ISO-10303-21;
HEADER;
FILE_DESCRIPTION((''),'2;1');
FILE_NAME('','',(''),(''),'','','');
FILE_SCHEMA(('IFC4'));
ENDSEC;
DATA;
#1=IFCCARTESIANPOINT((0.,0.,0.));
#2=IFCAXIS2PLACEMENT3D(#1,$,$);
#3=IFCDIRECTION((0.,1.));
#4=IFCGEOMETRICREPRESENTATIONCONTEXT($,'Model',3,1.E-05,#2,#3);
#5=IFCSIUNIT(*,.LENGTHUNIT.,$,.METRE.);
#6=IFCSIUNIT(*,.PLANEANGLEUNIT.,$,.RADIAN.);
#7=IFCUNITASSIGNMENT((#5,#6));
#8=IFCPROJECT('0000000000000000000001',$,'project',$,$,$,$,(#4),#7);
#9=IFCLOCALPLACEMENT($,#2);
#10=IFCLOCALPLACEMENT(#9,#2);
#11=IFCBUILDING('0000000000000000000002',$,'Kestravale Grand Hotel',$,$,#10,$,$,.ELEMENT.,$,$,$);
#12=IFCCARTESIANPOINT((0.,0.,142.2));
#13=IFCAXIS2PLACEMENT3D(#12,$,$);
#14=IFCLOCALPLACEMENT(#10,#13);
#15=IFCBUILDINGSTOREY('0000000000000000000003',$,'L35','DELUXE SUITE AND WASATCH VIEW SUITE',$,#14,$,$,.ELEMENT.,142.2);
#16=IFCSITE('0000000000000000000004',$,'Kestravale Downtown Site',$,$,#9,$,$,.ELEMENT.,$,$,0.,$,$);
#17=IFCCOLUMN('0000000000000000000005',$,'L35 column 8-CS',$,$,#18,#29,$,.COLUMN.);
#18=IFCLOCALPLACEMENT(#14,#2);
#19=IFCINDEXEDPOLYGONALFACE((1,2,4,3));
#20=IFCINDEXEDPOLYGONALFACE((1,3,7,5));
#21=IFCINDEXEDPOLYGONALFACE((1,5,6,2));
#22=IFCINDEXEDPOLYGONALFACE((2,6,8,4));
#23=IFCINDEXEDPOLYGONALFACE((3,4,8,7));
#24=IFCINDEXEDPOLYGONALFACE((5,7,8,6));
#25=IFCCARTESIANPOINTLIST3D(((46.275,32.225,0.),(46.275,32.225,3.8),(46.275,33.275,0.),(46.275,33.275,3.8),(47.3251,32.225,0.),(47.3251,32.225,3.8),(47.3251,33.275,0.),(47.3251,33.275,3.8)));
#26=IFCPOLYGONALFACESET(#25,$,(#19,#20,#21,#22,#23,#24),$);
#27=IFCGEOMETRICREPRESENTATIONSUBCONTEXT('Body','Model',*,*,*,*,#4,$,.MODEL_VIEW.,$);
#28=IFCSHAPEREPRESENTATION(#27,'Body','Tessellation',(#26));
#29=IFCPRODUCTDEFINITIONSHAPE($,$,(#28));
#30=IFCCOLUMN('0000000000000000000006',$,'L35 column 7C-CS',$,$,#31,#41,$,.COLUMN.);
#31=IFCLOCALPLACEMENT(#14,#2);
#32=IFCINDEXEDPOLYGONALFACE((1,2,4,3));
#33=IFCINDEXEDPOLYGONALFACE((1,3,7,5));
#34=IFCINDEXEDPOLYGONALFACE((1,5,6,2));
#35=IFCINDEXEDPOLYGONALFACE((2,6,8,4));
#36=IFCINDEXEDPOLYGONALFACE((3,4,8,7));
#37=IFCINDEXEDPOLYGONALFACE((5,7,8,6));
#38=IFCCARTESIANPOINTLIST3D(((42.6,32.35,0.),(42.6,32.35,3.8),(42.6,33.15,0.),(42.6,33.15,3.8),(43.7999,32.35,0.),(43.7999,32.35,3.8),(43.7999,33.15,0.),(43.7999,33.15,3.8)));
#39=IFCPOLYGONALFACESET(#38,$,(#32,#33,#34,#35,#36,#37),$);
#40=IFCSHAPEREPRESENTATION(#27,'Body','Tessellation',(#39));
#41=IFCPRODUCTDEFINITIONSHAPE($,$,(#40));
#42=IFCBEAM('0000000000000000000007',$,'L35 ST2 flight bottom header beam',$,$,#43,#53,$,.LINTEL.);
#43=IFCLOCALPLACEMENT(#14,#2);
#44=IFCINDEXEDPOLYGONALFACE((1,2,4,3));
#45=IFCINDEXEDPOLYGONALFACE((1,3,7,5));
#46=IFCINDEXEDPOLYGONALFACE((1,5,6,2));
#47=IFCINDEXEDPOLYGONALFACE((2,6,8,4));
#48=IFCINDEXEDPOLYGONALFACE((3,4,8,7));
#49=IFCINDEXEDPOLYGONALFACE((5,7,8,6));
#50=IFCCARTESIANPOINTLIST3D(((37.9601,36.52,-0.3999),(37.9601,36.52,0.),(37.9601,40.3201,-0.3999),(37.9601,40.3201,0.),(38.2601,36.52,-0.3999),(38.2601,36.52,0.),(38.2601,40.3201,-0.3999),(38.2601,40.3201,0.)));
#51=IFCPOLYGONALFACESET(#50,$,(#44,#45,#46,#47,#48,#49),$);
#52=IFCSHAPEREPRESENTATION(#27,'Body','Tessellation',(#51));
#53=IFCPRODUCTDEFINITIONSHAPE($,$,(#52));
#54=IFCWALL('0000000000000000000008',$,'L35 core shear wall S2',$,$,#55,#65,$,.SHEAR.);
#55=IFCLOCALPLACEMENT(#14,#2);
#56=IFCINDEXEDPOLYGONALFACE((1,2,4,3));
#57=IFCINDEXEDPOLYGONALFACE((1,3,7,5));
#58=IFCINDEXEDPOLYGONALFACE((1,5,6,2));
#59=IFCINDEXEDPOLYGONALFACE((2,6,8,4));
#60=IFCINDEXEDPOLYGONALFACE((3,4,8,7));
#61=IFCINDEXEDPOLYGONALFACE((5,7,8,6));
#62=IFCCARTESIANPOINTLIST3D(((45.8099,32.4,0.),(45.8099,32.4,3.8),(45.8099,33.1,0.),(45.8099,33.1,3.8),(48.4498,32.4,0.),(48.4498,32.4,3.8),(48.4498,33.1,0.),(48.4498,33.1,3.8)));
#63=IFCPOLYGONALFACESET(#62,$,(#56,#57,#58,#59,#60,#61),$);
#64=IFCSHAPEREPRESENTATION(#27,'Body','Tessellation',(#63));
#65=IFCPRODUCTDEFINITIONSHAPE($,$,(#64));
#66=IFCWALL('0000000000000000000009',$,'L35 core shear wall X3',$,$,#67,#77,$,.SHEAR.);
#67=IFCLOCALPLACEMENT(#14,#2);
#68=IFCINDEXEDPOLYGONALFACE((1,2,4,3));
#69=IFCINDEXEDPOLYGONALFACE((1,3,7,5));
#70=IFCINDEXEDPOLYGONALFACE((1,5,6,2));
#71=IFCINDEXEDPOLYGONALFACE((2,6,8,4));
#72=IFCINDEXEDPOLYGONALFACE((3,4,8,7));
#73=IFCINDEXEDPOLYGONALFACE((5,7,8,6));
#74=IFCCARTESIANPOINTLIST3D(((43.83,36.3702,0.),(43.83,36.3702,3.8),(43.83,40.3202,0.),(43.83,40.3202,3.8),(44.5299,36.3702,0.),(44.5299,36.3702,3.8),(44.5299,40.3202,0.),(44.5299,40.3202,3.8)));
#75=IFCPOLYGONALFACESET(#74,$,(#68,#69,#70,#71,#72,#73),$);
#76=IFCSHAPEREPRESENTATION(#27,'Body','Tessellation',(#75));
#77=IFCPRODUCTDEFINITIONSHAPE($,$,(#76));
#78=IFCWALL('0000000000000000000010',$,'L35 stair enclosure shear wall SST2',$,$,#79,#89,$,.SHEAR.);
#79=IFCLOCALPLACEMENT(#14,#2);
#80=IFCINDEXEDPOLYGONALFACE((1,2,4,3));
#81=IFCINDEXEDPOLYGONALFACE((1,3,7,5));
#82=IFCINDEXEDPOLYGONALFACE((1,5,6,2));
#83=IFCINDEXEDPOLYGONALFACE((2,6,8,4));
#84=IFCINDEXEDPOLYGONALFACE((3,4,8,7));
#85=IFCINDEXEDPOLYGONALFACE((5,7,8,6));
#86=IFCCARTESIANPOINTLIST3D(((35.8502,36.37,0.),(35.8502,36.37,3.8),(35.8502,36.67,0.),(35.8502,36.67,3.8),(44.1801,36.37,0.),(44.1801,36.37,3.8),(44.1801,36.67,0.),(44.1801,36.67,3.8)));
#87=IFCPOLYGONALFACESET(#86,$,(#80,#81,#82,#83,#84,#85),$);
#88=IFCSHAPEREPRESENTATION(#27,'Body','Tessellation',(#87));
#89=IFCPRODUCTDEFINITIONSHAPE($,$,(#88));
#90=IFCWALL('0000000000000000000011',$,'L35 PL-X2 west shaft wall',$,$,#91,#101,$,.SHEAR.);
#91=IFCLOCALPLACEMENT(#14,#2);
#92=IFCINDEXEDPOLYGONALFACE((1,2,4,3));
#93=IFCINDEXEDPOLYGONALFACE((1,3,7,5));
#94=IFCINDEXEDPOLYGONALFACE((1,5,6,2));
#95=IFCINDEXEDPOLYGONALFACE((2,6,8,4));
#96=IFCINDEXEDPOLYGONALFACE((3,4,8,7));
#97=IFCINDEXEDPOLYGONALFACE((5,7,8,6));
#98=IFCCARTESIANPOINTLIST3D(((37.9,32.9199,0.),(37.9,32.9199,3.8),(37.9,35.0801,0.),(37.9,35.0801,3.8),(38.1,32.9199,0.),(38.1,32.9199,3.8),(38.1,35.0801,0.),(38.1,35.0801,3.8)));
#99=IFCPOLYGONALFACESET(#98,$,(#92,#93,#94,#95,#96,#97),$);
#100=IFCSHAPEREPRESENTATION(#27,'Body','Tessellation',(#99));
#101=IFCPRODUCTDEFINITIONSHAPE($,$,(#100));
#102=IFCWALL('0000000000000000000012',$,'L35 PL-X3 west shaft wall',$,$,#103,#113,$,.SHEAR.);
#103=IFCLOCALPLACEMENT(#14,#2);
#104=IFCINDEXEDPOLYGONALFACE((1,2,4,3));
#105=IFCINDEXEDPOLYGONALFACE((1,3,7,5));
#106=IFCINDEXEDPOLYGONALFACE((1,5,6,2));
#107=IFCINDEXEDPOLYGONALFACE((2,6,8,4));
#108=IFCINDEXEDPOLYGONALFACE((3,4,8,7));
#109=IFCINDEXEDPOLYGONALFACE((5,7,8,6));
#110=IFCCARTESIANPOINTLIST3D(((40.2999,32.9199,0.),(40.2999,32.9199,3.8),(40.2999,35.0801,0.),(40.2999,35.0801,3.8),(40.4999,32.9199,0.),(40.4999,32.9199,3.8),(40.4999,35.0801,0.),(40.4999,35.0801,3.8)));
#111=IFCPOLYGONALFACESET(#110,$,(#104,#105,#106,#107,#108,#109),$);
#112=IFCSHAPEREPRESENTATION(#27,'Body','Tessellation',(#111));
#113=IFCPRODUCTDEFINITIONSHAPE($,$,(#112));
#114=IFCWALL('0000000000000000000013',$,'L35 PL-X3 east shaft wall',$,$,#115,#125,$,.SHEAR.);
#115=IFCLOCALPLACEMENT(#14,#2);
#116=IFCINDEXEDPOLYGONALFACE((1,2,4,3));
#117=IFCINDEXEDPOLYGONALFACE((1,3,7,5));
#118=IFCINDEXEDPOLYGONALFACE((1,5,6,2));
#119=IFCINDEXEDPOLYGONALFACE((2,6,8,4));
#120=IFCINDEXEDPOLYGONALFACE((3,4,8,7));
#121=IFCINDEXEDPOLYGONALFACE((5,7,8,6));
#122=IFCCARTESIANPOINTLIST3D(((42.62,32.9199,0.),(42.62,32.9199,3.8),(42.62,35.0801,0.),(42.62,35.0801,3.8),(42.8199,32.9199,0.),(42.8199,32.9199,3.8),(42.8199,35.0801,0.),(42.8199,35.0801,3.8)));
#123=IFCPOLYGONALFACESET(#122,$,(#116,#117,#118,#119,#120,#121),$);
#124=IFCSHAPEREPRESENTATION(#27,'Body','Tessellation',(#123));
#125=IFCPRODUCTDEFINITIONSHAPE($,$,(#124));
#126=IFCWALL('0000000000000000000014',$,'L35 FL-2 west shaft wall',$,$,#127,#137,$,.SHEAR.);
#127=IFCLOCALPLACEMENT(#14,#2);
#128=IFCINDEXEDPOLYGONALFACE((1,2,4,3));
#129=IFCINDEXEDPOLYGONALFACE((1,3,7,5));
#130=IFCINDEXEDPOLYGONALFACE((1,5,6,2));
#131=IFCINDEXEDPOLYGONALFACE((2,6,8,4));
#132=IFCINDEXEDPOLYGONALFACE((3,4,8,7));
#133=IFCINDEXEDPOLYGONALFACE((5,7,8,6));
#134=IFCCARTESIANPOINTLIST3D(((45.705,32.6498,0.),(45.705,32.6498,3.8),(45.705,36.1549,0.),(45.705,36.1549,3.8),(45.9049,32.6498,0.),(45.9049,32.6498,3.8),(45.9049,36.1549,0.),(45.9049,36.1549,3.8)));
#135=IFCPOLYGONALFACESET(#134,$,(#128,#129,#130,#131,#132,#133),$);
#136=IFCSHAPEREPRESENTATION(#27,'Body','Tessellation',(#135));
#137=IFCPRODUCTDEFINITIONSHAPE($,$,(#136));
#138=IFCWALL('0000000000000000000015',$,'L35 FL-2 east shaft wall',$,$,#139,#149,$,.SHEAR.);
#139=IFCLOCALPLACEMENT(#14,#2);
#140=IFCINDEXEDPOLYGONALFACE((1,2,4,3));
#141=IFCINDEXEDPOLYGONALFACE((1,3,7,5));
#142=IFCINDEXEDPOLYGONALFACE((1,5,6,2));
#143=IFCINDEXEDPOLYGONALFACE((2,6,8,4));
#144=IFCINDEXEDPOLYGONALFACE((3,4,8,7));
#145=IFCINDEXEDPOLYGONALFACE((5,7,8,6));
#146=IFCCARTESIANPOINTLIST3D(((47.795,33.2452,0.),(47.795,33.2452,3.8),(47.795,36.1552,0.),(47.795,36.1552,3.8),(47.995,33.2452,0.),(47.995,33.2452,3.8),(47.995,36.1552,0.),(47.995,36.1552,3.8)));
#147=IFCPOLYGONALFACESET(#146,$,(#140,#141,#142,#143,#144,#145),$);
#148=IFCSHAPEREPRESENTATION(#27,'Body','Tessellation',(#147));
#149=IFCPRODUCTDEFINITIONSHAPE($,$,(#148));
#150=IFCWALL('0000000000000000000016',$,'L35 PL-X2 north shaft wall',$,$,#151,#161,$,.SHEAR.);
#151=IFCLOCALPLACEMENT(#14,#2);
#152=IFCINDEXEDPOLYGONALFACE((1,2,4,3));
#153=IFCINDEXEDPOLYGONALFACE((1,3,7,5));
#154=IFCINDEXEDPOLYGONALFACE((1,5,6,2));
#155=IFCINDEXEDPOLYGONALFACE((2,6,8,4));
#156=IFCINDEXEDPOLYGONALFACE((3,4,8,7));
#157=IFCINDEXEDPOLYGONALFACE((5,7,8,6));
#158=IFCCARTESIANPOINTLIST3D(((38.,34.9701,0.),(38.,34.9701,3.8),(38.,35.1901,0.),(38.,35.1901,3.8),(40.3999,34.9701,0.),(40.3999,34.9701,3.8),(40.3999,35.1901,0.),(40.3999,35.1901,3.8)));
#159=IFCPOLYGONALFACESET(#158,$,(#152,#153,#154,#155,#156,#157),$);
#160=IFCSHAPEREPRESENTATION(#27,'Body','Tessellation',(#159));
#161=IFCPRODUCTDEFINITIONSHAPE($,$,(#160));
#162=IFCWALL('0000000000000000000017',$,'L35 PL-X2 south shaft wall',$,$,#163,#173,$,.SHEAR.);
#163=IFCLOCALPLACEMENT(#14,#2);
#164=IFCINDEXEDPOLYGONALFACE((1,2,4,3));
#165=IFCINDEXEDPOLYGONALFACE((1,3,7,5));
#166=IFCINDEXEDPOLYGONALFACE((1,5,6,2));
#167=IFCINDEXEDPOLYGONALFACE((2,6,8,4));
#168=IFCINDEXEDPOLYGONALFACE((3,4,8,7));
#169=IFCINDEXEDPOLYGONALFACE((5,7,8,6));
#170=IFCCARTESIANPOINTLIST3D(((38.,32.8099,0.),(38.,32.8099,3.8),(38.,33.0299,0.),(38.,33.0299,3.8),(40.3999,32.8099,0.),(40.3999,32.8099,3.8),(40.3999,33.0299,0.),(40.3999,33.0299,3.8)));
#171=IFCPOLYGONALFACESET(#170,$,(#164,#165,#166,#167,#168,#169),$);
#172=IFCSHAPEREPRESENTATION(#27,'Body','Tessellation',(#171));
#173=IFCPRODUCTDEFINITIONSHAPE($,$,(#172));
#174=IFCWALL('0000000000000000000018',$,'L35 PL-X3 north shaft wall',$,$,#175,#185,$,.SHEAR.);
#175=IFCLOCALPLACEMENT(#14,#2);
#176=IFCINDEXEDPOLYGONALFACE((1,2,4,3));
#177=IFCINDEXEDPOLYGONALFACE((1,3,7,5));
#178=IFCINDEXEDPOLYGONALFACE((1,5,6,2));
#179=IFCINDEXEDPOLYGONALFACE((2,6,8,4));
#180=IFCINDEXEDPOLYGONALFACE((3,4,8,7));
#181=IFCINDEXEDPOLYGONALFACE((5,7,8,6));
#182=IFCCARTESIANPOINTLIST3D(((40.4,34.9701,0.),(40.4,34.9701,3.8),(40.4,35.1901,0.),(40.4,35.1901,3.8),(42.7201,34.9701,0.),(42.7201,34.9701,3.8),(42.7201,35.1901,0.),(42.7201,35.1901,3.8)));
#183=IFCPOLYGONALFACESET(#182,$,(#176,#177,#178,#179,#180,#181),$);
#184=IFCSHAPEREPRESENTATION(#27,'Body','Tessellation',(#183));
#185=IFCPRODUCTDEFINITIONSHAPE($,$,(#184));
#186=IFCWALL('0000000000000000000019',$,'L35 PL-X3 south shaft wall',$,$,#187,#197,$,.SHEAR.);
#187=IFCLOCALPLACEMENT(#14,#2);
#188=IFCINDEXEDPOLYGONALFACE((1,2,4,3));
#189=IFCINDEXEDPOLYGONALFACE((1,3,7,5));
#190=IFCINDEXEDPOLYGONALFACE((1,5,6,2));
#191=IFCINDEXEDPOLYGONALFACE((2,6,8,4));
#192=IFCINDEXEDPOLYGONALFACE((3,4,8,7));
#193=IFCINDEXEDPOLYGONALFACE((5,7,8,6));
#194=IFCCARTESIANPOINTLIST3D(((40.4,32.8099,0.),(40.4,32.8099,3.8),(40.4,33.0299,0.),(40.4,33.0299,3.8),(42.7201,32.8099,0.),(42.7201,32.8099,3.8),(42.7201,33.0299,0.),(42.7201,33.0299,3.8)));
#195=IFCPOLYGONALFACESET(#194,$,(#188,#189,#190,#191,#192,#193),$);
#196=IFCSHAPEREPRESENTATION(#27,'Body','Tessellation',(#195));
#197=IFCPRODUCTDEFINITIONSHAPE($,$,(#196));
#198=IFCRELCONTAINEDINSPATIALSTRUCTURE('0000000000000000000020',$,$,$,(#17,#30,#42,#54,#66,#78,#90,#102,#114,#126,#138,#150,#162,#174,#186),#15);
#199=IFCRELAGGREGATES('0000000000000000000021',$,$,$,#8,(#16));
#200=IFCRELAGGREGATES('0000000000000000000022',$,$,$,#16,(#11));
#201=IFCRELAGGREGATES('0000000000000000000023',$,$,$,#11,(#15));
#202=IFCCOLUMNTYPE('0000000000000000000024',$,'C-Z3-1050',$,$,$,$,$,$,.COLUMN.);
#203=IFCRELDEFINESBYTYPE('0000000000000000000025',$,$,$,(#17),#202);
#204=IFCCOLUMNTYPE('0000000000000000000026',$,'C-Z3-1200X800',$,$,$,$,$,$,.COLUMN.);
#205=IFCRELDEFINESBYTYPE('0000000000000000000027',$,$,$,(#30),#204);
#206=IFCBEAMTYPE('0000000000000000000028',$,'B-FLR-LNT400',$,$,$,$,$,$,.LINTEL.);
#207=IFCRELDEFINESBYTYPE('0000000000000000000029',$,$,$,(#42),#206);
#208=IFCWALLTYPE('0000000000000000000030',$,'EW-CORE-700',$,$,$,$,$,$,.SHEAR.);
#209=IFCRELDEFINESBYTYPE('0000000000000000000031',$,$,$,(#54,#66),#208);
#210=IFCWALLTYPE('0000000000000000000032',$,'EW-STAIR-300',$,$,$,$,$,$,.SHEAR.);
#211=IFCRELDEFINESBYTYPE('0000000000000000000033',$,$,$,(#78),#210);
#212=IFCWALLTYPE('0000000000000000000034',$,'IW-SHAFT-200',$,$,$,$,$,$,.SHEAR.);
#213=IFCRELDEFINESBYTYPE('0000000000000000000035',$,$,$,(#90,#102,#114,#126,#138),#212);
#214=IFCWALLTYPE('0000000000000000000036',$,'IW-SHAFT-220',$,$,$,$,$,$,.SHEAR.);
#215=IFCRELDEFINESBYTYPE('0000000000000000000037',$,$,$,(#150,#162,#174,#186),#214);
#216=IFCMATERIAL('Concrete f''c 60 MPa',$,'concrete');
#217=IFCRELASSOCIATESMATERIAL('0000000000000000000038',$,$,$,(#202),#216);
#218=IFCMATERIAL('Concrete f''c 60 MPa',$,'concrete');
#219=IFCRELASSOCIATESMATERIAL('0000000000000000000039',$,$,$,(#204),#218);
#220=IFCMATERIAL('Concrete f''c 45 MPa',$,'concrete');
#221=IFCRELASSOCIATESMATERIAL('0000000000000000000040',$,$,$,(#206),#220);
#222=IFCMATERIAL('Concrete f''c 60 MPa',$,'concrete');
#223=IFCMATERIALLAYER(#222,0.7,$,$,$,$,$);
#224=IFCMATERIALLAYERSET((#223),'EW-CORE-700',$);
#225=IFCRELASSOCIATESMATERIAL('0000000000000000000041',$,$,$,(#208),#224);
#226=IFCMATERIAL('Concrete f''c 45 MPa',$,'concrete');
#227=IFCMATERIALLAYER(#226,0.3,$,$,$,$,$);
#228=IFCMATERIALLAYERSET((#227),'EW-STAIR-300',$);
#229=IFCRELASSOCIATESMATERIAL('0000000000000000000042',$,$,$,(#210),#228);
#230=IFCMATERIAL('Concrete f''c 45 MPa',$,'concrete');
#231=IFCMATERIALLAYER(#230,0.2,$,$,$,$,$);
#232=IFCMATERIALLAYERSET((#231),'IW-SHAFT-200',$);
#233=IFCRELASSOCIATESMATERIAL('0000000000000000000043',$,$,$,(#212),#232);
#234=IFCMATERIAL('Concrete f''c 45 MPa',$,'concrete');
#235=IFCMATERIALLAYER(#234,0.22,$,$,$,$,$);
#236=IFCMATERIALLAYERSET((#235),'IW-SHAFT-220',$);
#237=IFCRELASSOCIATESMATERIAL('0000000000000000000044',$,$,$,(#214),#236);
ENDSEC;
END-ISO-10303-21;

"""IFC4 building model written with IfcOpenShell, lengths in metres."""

from ifc_helpers import new_model, si_unit, direction, frame, frame_2d, origin, origin_2d, place, context, subcontext, project, spatial, rectangle, extrude, material, layer, layer_set, material_profile, profile_set, type_object, element, save


model = new_model("IFC4")

# Units and contexts
model_context = context("Model", 3, precision=1e-05, world=origin(), true_north=direction((0.0, 1.0)))
body_context = subcontext(model_context, "Body", "Model", "MODEL_VIEW")
ifc_project = project(units=[si_unit("LENGTHUNIT", "METRE"), si_unit("PLANEANGLEUNIT", "RADIAN")], contexts=[model_context])

# Site, building, storey
site_placement = place(None, origin())
site = spatial("IfcSite", under=ifc_project, at=site_placement, Name="Kestravale Downtown Site", CompositionType="ELEMENT", RefElevation=0.0)
building_placement = place(site_placement, origin())
building = spatial("IfcBuilding", under=site, at=building_placement, Name="Kestravale Grand Hotel", CompositionType="ELEMENT")
storey_placement = place(building_placement, frame((0.0, 0.0, 142.2)))
storey = spatial("IfcBuildingStorey", under=building, at=storey_placement, Name="L35", Description="DELUXE SUITE AND WASATCH VIEW SUITE", CompositionType="ELEMENT", Elevation=142.2)

# Columns
ifc_material_1 = material(Name="Concrete f'c 60 MPa", Category="concrete")
ifc_material_profile_1 = material_profile(ifc_material_1, rectangle(XDim=1.05, YDim=1.05, at=origin_2d()))
ifc_profile_set_1 = profile_set([ifc_material_profile_1], Name="Concrete f'c 60 MPa")
column_type_1 = type_object("IfcColumnType", Name="C-Z3-1050", PredefinedType="COLUMN", material=ifc_profile_set_1)
column_1_placement = place(storey_placement, frame((46.8, 32.75, 0.0), z_axis=(0.0, 0.0, 1.0), x_axis=(1.0, 0.0, 0.0)))
element("IfcColumn", 1, at=column_1_placement, inside=storey, type_object=column_type_1, Name="L35 column 8-CS", PredefinedType="COLUMN", context=body_context, shape_type="SweptSolid", body=[
    extrude(rectangle(XDim=1.05, YDim=1.05, at=origin_2d()), origin(), (0.0, 0.0, 1.0), 3.8),
])
ifc_material_2 = material(Name="Concrete f'c 60 MPa", Category="concrete")
ifc_material_profile_2 = material_profile(ifc_material_2, rectangle(XDim=1.2, YDim=0.8, at=origin_2d()))
ifc_profile_set_2 = profile_set([ifc_material_profile_2], Name="Concrete f'c 60 MPa")
column_type_2 = type_object("IfcColumnType", Name="C-Z3-1200X800", PredefinedType="COLUMN", material=ifc_profile_set_2)
column_2_placement = place(storey_placement, frame((43.2, 32.75, 0.0), z_axis=(0.0, 0.0, 1.0), x_axis=(1.0, 0.0, 0.0)))
element("IfcColumn", 2, at=column_2_placement, inside=storey, type_object=column_type_2, Name="L35 column 7C-CS", PredefinedType="COLUMN", context=body_context, shape_type="SweptSolid", body=[
    extrude(rectangle(XDim=1.2, YDim=0.8, at=origin_2d()), origin(), (0.0, 0.0, 1.0), 3.8),
])

# Beam
ifc_material_3 = material(Name="Concrete f'c 45 MPa", Category="concrete")
ifc_material_profile_3 = material_profile(ifc_material_3, rectangle(XDim=0.3, YDim=0.3999, at=origin_2d()))
ifc_profile_set_3 = profile_set([ifc_material_profile_3], Name="Concrete f'c 45 MPa")
beam_type = type_object("IfcBeamType", Name="B-FLR-LNT400", PredefinedType="LINTEL", material=ifc_profile_set_3)
beam_placement = place(storey_placement, frame((38.1101, 36.52, -0.2), z_axis=(0.0, 1.0, 0.0), x_axis=(-1.0, 0.0, 0.0)))
element("IfcBeam", 3, at=beam_placement, inside=storey, type_object=beam_type, Name="L35 ST2 flight bottom header beam", PredefinedType="LINTEL", context=body_context, shape_type="SweptSolid", body=[
    extrude(rectangle(XDim=0.3, YDim=0.3999, at=origin_2d()), origin(), (0.0, 0.0, 1.0), 3.8),
])

# Wall
ifc_material_4 = material(Name="Concrete f'c 60 MPa", Category="concrete")
ifc_layer_1 = layer(ifc_material_4, 0.7)
ifc_layer_set_1 = layer_set([ifc_layer_1], Name="EW-CORE-700")
wall_type_1 = type_object("IfcWallType", Name="EW-CORE-700", PredefinedType="SHEAR", material=ifc_layer_set_1)
wall_1_placement = place(storey_placement, frame((45.8101, 32.75, 0.0), z_axis=(0.0, 0.0, 1.0), x_axis=(1.0, 0.0, 0.0)))
element("IfcWall", 4, at=wall_1_placement, inside=storey, type_object=wall_type_1, Name="L35 core shear wall S2", PredefinedType="SHEAR", context=body_context, shape_type="SweptSolid", body=[
    extrude(rectangle(XDim=2.6399, YDim=0.7, at=frame_2d((1.3198, 0.0))), origin(), (0.0, 0.0, 1.0), 3.8),
])

# Wall
wall_2_placement = place(storey_placement, frame((44.1799, 36.3701, 0.0), z_axis=(0.0, 0.0, 1.0), x_axis=(0.0, 1.0, 0.0)))
element("IfcWall", 5, at=wall_2_placement, inside=storey, type_object=wall_type_1, Name="L35 core shear wall X3", PredefinedType="SHEAR", context=body_context, shape_type="SweptSolid", body=[
    extrude(rectangle(XDim=3.95, YDim=0.7, at=frame_2d((1.9751, 0.0))), origin(), (0.0, 0.0, 1.0), 3.8),
])

# Wall
ifc_material_5 = material(Name="Concrete f'c 45 MPa", Category="concrete")
ifc_layer_2 = layer(ifc_material_5, 0.3)
ifc_layer_set_2 = layer_set([ifc_layer_2], Name="EW-STAIR-300")
wall_type_2 = type_object("IfcWallType", Name="EW-STAIR-300", PredefinedType="SHEAR", material=ifc_layer_set_2)
wall_3_placement = place(storey_placement, frame((35.8501, 36.52, 0.0), z_axis=(0.0, 0.0, 1.0), x_axis=(1.0, 0.0, 0.0)))
element("IfcWall", 6, at=wall_3_placement, inside=storey, type_object=wall_type_2, Name="L35 stair enclosure shear wall SST2", PredefinedType="SHEAR", context=body_context, shape_type="SweptSolid", body=[
    extrude(rectangle(XDim=8.3298, YDim=0.3, at=frame_2d((4.165, 0.0))), origin(), (0.0, 0.0, 1.0), 3.8),
])

# Walls
ifc_material_6 = material(Name="Concrete f'c 45 MPa", Category="concrete")
ifc_layer_3 = layer(ifc_material_6, 0.2)
ifc_layer_set_3 = layer_set([ifc_layer_3], Name="IW-SHAFT-200")
wall_type_3 = type_object("IfcWallType", Name="IW-SHAFT-200", PredefinedType="SHEAR", material=ifc_layer_set_3)
for number, where, z_axis, x_axis, name in (
    (7, (38.0, 32.9199, 0.0), (0.0, 0.0, 1.0), (0.0, 1.0, 0.0), "L35 PL-X2 west shaft wall"),
    (8, (40.3999, 32.9199, 0.0), (0.0, 0.0, 1.0), (0.0, 1.0, 0.0), "L35 PL-X3 west shaft wall"),
    (9, (42.72, 32.9199, 0.0), (0.0, 0.0, 1.0), (0.0, 1.0, 0.0), "L35 PL-X3 east shaft wall"),
):
    element("IfcWall", number, at=place(storey_placement, frame(where, z_axis=z_axis, x_axis=x_axis)), inside=storey, type_object=wall_type_3, Name=name, PredefinedType="SHEAR", context=body_context, shape_type="SweptSolid", body=[
        extrude(rectangle(XDim=2.1602, YDim=0.2, at=frame_2d((1.0801, 0.0))), origin(), (0.0, 0.0, 1.0), 3.8),
    ])
wall_4_placement = place(storey_placement, frame((45.8049, 32.6499, 0.0), z_axis=(0.0, 0.0, 1.0), x_axis=(0.0, 1.0, 0.0)))
element("IfcWall", 10, at=wall_4_placement, inside=storey, type_object=wall_type_3, Name="L35 FL-2 west shaft wall", PredefinedType="SHEAR", context=body_context, shape_type="SweptSolid", body=[
    extrude(rectangle(XDim=3.5051, YDim=0.2, at=frame_2d((1.7524, 0.0))), origin(), (0.0, 0.0, 1.0), 3.8),
])
wall_5_placement = place(storey_placement, frame((47.895, 33.2451, 0.0), z_axis=(0.0, 0.0, 1.0), x_axis=(0.0, 1.0, 0.0)))
element("IfcWall", 11, at=wall_5_placement, inside=storey, type_object=wall_type_3, Name="L35 FL-2 east shaft wall", PredefinedType="SHEAR", context=body_context, shape_type="SweptSolid", body=[
    extrude(rectangle(XDim=2.9099, YDim=0.2, at=frame_2d((1.4551, 0.0))), origin(), (0.0, 0.0, 1.0), 3.8),
])
ifc_material_7 = material(Name="Concrete f'c 45 MPa", Category="concrete")
ifc_layer_4 = layer(ifc_material_7, 0.22)
ifc_layer_set_4 = layer_set([ifc_layer_4], Name="IW-SHAFT-220")
wall_type_4 = type_object("IfcWallType", Name="IW-SHAFT-220", PredefinedType="SHEAR", material=ifc_layer_set_4)
for number, where, z_axis, x_axis, name in (
    (12, (38.0, 35.0801, 0.0), (0.0, 0.0, 1.0), (1.0, 0.0, 0.0), "L35 PL-X2 north shaft wall"),
    (13, (38.0, 32.9199, 0.0), (0.0, 0.0, 1.0), (1.0, 0.0, 0.0), "L35 PL-X2 south shaft wall"),
):
    element("IfcWall", number, at=place(storey_placement, frame(where, z_axis=z_axis, x_axis=x_axis)), inside=storey, type_object=wall_type_4, Name=name, PredefinedType="SHEAR", context=body_context, shape_type="SweptSolid", body=[
        extrude(rectangle(XDim=2.3999, YDim=0.22, at=frame_2d((1.2, 0.0))), origin(), (0.0, 0.0, 1.0), 3.8),
    ])
for number, where, z_axis, x_axis, name in (
    (14, (40.3999, 35.0801, 0.0), (0.0, 0.0, 1.0), (1.0, 0.0, 0.0), "L35 PL-X3 north shaft wall"),
    (15, (40.3999, 32.9199, 0.0), (0.0, 0.0, 1.0), (1.0, 0.0, 0.0), "L35 PL-X3 south shaft wall"),
):
    element("IfcWall", number, at=place(storey_placement, frame(where, z_axis=z_axis, x_axis=x_axis)), inside=storey, type_object=wall_type_4, Name=name, PredefinedType="SHEAR", context=body_context, shape_type="SweptSolid", body=[
        extrude(rectangle(XDim=2.3201, YDim=0.22, at=frame_2d((1.1602, 0.0))), origin(), (0.0, 0.0, 1.0), 3.8),
    ])

save(model, "model.ifc")
